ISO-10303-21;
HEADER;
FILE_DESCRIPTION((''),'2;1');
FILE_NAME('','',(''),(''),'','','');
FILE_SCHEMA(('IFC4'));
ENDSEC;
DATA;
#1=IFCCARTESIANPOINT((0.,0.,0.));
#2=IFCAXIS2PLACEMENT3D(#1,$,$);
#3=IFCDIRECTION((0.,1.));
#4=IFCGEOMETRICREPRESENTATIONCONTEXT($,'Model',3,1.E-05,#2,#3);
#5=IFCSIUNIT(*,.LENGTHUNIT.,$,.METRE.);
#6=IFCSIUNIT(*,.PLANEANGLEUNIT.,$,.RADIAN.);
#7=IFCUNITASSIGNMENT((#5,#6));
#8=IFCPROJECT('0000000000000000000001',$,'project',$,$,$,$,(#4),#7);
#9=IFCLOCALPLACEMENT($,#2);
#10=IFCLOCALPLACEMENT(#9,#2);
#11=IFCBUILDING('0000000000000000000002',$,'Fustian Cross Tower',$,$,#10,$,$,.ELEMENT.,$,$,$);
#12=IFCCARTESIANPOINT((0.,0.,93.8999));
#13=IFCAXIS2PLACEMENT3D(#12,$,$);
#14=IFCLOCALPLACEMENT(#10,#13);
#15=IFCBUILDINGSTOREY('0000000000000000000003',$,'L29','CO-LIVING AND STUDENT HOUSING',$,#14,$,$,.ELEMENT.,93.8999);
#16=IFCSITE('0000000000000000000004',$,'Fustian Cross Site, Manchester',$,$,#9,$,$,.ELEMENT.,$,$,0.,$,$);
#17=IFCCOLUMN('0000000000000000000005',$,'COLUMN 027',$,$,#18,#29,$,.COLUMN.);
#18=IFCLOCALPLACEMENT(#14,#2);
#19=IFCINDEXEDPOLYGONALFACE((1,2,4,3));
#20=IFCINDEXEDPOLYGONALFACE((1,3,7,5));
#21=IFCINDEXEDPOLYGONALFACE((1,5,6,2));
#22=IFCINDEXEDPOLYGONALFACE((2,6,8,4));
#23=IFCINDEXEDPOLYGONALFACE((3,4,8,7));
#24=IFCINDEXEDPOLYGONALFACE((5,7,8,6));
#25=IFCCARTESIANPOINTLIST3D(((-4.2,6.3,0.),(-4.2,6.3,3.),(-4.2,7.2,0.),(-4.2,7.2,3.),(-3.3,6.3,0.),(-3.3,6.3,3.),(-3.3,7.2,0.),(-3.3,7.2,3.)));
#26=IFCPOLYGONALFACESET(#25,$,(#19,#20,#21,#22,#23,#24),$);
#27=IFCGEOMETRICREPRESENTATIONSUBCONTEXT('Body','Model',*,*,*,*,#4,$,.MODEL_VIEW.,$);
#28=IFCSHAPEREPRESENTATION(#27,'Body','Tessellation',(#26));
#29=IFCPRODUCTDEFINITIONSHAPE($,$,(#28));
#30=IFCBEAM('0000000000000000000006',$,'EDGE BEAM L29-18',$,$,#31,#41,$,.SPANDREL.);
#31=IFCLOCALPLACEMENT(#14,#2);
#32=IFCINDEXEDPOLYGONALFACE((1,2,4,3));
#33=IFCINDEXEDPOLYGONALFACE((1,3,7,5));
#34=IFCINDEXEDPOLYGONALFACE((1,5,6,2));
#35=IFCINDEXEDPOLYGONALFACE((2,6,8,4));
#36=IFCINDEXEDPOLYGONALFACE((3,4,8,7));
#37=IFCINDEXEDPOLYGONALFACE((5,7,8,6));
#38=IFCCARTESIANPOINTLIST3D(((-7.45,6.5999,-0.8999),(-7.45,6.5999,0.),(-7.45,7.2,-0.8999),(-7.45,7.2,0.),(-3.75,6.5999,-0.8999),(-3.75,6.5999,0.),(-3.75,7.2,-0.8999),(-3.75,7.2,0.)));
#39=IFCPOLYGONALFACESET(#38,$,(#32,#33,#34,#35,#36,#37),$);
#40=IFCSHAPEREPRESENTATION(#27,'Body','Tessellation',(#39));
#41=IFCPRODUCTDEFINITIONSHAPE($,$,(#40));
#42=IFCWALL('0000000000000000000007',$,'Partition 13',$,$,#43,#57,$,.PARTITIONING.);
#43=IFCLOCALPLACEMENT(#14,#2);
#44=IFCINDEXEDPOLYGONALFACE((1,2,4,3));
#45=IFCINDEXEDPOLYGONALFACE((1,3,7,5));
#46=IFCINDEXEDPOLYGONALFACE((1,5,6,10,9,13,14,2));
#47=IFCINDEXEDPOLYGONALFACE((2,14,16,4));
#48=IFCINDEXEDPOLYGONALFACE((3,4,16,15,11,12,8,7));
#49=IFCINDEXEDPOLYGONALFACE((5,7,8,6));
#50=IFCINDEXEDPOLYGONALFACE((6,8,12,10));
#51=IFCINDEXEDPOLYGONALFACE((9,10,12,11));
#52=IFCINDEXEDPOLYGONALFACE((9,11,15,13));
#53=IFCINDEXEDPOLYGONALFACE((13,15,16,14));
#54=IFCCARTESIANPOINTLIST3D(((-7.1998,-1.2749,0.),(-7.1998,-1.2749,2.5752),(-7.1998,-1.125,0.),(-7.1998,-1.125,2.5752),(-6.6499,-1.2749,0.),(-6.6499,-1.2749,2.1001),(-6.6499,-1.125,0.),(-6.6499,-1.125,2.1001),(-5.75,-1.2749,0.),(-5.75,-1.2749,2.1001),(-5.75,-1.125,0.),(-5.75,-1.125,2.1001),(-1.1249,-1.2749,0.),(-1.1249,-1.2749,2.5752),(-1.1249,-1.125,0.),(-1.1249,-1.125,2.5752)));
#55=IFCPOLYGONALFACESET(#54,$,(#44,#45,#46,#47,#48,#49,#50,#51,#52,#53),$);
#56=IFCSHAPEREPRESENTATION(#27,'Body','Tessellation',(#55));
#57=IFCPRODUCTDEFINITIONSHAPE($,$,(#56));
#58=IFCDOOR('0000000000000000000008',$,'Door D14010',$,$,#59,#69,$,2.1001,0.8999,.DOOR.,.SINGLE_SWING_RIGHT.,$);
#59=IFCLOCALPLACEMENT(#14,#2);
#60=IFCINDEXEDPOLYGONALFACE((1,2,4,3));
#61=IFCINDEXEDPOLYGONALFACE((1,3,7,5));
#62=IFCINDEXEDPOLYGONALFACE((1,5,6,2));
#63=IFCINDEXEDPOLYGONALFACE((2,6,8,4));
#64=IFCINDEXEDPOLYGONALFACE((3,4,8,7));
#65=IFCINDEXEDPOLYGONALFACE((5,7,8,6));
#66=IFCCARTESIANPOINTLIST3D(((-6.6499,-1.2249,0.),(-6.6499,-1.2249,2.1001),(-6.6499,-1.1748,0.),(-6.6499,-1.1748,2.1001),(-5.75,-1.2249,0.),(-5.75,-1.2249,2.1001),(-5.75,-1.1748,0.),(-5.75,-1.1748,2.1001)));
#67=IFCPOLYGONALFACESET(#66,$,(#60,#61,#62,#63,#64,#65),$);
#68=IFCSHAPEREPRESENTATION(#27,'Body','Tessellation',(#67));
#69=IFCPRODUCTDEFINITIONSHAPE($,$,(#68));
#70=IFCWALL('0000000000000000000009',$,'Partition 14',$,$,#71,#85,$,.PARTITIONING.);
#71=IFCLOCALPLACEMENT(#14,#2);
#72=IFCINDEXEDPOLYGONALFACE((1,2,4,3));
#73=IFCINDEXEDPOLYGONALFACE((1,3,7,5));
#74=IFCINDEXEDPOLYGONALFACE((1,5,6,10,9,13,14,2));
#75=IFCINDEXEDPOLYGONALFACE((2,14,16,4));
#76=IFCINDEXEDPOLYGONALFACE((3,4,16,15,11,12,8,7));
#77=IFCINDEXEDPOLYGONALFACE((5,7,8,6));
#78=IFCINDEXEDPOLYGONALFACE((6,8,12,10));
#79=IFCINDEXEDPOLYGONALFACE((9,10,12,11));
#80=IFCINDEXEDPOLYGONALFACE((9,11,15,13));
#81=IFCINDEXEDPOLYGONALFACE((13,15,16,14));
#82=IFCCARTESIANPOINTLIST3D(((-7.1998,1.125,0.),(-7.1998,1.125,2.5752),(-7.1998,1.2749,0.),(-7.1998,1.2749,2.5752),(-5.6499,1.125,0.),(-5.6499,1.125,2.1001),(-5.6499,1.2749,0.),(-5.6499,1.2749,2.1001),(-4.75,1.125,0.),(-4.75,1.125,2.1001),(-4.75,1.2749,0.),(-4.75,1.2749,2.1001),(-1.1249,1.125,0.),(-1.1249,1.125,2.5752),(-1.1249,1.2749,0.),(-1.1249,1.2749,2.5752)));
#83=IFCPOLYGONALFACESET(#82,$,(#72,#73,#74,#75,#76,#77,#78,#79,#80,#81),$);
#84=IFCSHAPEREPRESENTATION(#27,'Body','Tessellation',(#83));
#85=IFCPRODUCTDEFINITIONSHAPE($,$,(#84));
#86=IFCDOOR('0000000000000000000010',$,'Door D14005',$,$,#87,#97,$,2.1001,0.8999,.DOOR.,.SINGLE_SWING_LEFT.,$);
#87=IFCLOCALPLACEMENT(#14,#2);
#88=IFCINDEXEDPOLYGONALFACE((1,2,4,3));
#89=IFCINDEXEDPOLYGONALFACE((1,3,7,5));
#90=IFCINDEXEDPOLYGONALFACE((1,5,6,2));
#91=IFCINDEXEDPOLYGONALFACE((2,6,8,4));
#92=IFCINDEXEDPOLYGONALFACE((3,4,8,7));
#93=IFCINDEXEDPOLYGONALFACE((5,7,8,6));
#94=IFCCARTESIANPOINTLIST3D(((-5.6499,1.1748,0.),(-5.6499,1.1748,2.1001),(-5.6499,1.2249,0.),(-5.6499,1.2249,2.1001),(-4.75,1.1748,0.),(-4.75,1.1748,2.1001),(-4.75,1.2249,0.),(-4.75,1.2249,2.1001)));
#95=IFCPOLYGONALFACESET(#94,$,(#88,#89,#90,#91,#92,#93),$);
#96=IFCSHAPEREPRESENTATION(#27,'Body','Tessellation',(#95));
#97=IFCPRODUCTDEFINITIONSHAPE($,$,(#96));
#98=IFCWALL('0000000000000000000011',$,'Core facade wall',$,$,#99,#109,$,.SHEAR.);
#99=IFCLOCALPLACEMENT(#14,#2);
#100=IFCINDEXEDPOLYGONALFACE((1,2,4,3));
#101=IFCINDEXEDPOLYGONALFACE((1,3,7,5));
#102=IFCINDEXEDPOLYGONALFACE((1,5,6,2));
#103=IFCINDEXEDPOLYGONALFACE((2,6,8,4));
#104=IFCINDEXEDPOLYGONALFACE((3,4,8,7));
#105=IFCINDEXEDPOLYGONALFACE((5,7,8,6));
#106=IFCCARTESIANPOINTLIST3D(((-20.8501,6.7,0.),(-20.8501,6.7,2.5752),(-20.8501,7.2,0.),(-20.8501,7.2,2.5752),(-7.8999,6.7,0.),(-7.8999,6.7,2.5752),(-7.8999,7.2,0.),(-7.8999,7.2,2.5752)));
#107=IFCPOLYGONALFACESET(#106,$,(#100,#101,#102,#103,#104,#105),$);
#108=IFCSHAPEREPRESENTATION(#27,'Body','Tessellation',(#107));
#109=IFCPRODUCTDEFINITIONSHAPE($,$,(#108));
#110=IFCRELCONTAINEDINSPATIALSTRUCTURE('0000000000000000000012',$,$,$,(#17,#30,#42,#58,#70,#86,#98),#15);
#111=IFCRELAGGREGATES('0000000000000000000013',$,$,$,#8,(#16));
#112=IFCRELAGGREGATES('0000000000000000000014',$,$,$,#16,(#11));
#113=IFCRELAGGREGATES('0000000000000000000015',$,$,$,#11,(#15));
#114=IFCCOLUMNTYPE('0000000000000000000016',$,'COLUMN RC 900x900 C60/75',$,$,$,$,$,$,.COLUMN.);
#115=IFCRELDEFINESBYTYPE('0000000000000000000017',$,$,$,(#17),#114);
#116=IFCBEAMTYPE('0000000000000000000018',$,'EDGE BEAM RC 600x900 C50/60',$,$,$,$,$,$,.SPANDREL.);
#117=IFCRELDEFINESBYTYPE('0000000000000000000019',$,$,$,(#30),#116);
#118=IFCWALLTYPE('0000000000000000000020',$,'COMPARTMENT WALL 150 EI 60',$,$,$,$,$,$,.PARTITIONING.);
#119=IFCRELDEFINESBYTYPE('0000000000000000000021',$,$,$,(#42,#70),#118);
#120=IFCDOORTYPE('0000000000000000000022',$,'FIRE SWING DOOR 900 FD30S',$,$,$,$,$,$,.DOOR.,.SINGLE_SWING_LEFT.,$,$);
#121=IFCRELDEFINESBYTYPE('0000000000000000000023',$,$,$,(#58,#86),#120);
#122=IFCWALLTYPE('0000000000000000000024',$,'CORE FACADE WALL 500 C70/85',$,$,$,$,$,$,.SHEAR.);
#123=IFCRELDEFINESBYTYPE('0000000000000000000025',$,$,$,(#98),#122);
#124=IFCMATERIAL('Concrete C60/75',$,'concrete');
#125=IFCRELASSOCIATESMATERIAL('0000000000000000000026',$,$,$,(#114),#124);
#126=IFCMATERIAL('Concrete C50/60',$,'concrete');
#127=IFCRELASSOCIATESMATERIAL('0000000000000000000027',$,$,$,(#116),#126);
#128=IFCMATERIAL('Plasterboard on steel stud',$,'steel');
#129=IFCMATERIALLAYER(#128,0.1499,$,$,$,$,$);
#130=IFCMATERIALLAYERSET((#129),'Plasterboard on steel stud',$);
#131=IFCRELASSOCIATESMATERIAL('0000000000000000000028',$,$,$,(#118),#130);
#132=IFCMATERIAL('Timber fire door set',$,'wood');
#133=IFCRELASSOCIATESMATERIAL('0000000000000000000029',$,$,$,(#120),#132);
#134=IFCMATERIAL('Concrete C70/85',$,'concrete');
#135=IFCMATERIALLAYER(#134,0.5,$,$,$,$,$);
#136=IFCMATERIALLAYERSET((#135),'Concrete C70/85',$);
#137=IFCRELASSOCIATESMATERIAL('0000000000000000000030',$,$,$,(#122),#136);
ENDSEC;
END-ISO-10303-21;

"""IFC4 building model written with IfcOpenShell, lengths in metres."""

from ifc_helpers import new_model, si_unit, direction, frame, frame_2d, origin, origin_2d, place, context, subcontext, project, spatial, rectangle, extrude, material, layer, layer_set, material_profile, profile_set, type_object, element, fill, save


model = new_model("IFC4")

# Units and contexts
model_context = context("Model", 3, precision=1e-05, world=origin(), true_north=direction((0.0, 1.0)))
body_context = subcontext(model_context, "Body", "Model", "MODEL_VIEW")
ifc_project = project(units=[si_unit("LENGTHUNIT", "METRE"), si_unit("PLANEANGLEUNIT", "RADIAN")], contexts=[model_context])

# Site, building, storey
site_placement = place(None, origin())
site = spatial("IfcSite", under=ifc_project, at=site_placement, Name="Fustian Cross Site, Manchester", CompositionType="ELEMENT", RefElevation=0.0)
building_placement = place(site_placement, origin())
building = spatial("IfcBuilding", under=site, at=building_placement, Name="Fustian Cross Tower", CompositionType="ELEMENT")
storey_placement = place(building_placement, frame((0.0, 0.0, 93.8999)))
storey = spatial("IfcBuildingStorey", under=building, at=storey_placement, Name="L29", Description="CO-LIVING AND STUDENT HOUSING", CompositionType="ELEMENT", Elevation=93.8999)

# Column
ifc_material_1 = material(Name="Concrete C60/75", Category="concrete")
ifc_material_profile_1 = material_profile(ifc_material_1, rectangle(XDim=0.8999, YDim=0.8999, at=origin_2d()), Name="RC 900x900")
ifc_profile_set_1 = profile_set([ifc_material_profile_1], Name="Concrete C60/75")
column_type = type_object("IfcColumnType", Name="COLUMN RC 900x900 C60/75", PredefinedType="COLUMN", material=ifc_profile_set_1)
column_placement = place(storey_placement, frame((-3.75, 6.75, 0.0), z_axis=(0.0, 0.0, 1.0), x_axis=(1.0, 0.0, 0.0)))
element("IfcColumn", 1, at=column_placement, inside=storey, type_object=column_type, Name="COLUMN 027", PredefinedType="COLUMN", context=body_context, shape_type="SweptSolid", body=[
    extrude(rectangle(XDim=0.8999, YDim=0.8999, at=origin_2d()), origin(), (0.0, 0.0, 1.0), 3.0),
])

# Beam
ifc_material_2 = material(Name="Concrete C50/60", Category="concrete")
ifc_material_profile_2 = material_profile(ifc_material_2, rectangle(XDim=0.6001, YDim=0.8999, at=origin_2d()), Name="RC 600x900")
ifc_profile_set_2 = profile_set([ifc_material_profile_2], Name="Concrete C50/60")
beam_type = type_object("IfcBeamType", Name="EDGE BEAM RC 600x900 C50/60", PredefinedType="SPANDREL", material=ifc_profile_set_2)
beam_placement = place(storey_placement, frame((-3.75, 6.8999, -0.45), z_axis=(-1.0, 0.0, 0.0), x_axis=(0.0, -1.0, 0.0)))
element("IfcBeam", 2, at=beam_placement, inside=storey, type_object=beam_type, Name="EDGE BEAM L29-18", PredefinedType="SPANDREL", context=body_context, shape_type="SweptSolid", body=[
    extrude(rectangle(XDim=0.6001, YDim=0.8999, at=origin_2d()), origin(), (0.0, 0.0, 1.0), 3.7),
])

# Walls, openings, doors
ifc_material_3 = material(Name="Plasterboard on steel stud", Category="steel")
ifc_layer_1 = layer(ifc_material_3, 0.1499)
ifc_layer_set_1 = layer_set([ifc_layer_1], Name="Plasterboard on steel stud")
wall_type_1 = type_object("IfcWallType", Name="COMPARTMENT WALL 150 EI 60", PredefinedType="PARTITIONING", material=ifc_layer_set_1)
wall_1_placement = place(storey_placement, frame((-7.2, -1.2, 0.0), z_axis=(0.0, 0.0, 1.0), x_axis=(1.0, 0.0, 0.0)))
wall_1 = element("IfcWall", 3, at=wall_1_placement, inside=storey, type_object=wall_type_1, Name="Partition 13", PredefinedType="PARTITIONING", context=body_context, shape_type="SweptSolid", body=[
    extrude(rectangle(XDim=6.075, YDim=0.1499, at=frame_2d((3.0376, 0.0))), origin(), (0.0, 0.0, 1.0), 2.5752),
])
opening_1_placement = place(wall_1_placement, frame((0.55, 0.0, 0.0)))
opening_1 = element("IfcOpeningElement", 4, at=opening_1_placement, cuts=wall_1, PredefinedType="OPENING", context=body_context, shape_type="SweptSolid", body=[
    extrude(rectangle(XDim=0.8999, YDim=2.1001, at=frame_2d((0.45, 1.05))), frame((0.0, 0.085, 0.0), z_axis=(0.0, -1.0, 0.0), x_axis=(1.0, 0.0, 0.0)), (0.0, 0.0, 1.0), 0.1699),
])
ifc_material_4 = material(Name="Timber fire door set", Category="wood")
door_type_1 = type_object("IfcDoorType", Name="FIRE SWING DOOR 900 FD30S", OperationType="SINGLE_SWING_LEFT", PredefinedType="DOOR", material=ifc_material_4)
door_1_placement = place(opening_1_placement, frame((0.8999, 0.0, 0.0), z_axis=(0.0, 0.0, 1.0), x_axis=(-1.0, 0.0, 0.0)))
door_1 = element("IfcDoor", 5, at=door_1_placement, inside=storey, type_object=door_type_1, Name="Door D14010", OperationType="SINGLE_SWING_RIGHT", OverallHeight=2.1001, OverallWidth=0.8999, PredefinedType="DOOR", context=body_context, shape_type="SweptSolid", body=[
    extrude(rectangle(XDim=0.8999, YDim=2.1001, at=frame_2d((0.45, 1.05))), frame((0.0, 0.0249, 0.0), z_axis=(0.0, -1.0, 0.0), x_axis=(1.0, 0.0, 0.0)), (0.0, 0.0, 1.0), 0.05),
])
fill(opening_1, door_1)
wall_2_placement = place(storey_placement, frame((-7.2, 1.2, 0.0), z_axis=(0.0, 0.0, 1.0), x_axis=(1.0, 0.0, 0.0)))
wall_2 = element("IfcWall", 6, at=wall_2_placement, inside=storey, type_object=wall_type_1, Name="Partition 14", PredefinedType="PARTITIONING", context=body_context, shape_type="SweptSolid", body=[
    extrude(rectangle(XDim=6.075, YDim=0.1499, at=frame_2d((3.0376, 0.0))), origin(), (0.0, 0.0, 1.0), 2.5752),
])
opening_2_placement = place(wall_2_placement, frame((1.55, 0.0, 0.0)))
opening_2 = element("IfcOpeningElement", 7, at=opening_2_placement, cuts=wall_2, PredefinedType="OPENING", context=body_context, shape_type="SweptSolid", body=[
    extrude(rectangle(XDim=0.8999, YDim=2.1001, at=frame_2d((0.45, 1.05))), frame((0.0, 0.085, 0.0), z_axis=(0.0, -1.0, 0.0), x_axis=(1.0, 0.0, 0.0)), (0.0, 0.0, 1.0), 0.1699),
])
door_2_placement = place(opening_2_placement, origin())
door_2 = element("IfcDoor", 8, at=door_2_placement, inside=storey, type_object=door_type_1, Name="Door D14005", OperationType="SINGLE_SWING_LEFT", OverallHeight=2.1001, OverallWidth=0.8999, PredefinedType="DOOR", context=body_context, shape_type="SweptSolid", body=[
    extrude(rectangle(XDim=0.8999, YDim=2.1001, at=frame_2d((0.45, 1.05))), frame((0.0, 0.0249, 0.0), z_axis=(0.0, -1.0, 0.0), x_axis=(1.0, 0.0, 0.0)), (0.0, 0.0, 1.0), 0.05),
])
fill(opening_2, door_2)

# Wall
ifc_material_5 = material(Name="Concrete C70/85", Category="concrete")
ifc_layer_2 = layer(ifc_material_5, 0.5)
ifc_layer_set_2 = layer_set([ifc_layer_2], Name="Concrete C70/85")
wall_type_2 = type_object("IfcWallType", Name="CORE FACADE WALL 500 C70/85", PredefinedType="SHEAR", material=ifc_layer_set_2)
wall_3_placement = place(storey_placement, frame((-7.8999, 6.95, 0.0), z_axis=(0.0, 0.0, 1.0), x_axis=(-1.0, 0.0, 0.0)))
element("IfcWall", 9, at=wall_3_placement, inside=storey, type_object=wall_type_2, Name="Core facade wall", PredefinedType="SHEAR", context=body_context, shape_type="SweptSolid", body=[
    extrude(rectangle(XDim=12.9502, YDim=0.5, at=frame_2d((6.4751, 0.0))), origin(), (0.0, 0.0, 1.0), 2.5752),
])

save(model, "model.ifc")
